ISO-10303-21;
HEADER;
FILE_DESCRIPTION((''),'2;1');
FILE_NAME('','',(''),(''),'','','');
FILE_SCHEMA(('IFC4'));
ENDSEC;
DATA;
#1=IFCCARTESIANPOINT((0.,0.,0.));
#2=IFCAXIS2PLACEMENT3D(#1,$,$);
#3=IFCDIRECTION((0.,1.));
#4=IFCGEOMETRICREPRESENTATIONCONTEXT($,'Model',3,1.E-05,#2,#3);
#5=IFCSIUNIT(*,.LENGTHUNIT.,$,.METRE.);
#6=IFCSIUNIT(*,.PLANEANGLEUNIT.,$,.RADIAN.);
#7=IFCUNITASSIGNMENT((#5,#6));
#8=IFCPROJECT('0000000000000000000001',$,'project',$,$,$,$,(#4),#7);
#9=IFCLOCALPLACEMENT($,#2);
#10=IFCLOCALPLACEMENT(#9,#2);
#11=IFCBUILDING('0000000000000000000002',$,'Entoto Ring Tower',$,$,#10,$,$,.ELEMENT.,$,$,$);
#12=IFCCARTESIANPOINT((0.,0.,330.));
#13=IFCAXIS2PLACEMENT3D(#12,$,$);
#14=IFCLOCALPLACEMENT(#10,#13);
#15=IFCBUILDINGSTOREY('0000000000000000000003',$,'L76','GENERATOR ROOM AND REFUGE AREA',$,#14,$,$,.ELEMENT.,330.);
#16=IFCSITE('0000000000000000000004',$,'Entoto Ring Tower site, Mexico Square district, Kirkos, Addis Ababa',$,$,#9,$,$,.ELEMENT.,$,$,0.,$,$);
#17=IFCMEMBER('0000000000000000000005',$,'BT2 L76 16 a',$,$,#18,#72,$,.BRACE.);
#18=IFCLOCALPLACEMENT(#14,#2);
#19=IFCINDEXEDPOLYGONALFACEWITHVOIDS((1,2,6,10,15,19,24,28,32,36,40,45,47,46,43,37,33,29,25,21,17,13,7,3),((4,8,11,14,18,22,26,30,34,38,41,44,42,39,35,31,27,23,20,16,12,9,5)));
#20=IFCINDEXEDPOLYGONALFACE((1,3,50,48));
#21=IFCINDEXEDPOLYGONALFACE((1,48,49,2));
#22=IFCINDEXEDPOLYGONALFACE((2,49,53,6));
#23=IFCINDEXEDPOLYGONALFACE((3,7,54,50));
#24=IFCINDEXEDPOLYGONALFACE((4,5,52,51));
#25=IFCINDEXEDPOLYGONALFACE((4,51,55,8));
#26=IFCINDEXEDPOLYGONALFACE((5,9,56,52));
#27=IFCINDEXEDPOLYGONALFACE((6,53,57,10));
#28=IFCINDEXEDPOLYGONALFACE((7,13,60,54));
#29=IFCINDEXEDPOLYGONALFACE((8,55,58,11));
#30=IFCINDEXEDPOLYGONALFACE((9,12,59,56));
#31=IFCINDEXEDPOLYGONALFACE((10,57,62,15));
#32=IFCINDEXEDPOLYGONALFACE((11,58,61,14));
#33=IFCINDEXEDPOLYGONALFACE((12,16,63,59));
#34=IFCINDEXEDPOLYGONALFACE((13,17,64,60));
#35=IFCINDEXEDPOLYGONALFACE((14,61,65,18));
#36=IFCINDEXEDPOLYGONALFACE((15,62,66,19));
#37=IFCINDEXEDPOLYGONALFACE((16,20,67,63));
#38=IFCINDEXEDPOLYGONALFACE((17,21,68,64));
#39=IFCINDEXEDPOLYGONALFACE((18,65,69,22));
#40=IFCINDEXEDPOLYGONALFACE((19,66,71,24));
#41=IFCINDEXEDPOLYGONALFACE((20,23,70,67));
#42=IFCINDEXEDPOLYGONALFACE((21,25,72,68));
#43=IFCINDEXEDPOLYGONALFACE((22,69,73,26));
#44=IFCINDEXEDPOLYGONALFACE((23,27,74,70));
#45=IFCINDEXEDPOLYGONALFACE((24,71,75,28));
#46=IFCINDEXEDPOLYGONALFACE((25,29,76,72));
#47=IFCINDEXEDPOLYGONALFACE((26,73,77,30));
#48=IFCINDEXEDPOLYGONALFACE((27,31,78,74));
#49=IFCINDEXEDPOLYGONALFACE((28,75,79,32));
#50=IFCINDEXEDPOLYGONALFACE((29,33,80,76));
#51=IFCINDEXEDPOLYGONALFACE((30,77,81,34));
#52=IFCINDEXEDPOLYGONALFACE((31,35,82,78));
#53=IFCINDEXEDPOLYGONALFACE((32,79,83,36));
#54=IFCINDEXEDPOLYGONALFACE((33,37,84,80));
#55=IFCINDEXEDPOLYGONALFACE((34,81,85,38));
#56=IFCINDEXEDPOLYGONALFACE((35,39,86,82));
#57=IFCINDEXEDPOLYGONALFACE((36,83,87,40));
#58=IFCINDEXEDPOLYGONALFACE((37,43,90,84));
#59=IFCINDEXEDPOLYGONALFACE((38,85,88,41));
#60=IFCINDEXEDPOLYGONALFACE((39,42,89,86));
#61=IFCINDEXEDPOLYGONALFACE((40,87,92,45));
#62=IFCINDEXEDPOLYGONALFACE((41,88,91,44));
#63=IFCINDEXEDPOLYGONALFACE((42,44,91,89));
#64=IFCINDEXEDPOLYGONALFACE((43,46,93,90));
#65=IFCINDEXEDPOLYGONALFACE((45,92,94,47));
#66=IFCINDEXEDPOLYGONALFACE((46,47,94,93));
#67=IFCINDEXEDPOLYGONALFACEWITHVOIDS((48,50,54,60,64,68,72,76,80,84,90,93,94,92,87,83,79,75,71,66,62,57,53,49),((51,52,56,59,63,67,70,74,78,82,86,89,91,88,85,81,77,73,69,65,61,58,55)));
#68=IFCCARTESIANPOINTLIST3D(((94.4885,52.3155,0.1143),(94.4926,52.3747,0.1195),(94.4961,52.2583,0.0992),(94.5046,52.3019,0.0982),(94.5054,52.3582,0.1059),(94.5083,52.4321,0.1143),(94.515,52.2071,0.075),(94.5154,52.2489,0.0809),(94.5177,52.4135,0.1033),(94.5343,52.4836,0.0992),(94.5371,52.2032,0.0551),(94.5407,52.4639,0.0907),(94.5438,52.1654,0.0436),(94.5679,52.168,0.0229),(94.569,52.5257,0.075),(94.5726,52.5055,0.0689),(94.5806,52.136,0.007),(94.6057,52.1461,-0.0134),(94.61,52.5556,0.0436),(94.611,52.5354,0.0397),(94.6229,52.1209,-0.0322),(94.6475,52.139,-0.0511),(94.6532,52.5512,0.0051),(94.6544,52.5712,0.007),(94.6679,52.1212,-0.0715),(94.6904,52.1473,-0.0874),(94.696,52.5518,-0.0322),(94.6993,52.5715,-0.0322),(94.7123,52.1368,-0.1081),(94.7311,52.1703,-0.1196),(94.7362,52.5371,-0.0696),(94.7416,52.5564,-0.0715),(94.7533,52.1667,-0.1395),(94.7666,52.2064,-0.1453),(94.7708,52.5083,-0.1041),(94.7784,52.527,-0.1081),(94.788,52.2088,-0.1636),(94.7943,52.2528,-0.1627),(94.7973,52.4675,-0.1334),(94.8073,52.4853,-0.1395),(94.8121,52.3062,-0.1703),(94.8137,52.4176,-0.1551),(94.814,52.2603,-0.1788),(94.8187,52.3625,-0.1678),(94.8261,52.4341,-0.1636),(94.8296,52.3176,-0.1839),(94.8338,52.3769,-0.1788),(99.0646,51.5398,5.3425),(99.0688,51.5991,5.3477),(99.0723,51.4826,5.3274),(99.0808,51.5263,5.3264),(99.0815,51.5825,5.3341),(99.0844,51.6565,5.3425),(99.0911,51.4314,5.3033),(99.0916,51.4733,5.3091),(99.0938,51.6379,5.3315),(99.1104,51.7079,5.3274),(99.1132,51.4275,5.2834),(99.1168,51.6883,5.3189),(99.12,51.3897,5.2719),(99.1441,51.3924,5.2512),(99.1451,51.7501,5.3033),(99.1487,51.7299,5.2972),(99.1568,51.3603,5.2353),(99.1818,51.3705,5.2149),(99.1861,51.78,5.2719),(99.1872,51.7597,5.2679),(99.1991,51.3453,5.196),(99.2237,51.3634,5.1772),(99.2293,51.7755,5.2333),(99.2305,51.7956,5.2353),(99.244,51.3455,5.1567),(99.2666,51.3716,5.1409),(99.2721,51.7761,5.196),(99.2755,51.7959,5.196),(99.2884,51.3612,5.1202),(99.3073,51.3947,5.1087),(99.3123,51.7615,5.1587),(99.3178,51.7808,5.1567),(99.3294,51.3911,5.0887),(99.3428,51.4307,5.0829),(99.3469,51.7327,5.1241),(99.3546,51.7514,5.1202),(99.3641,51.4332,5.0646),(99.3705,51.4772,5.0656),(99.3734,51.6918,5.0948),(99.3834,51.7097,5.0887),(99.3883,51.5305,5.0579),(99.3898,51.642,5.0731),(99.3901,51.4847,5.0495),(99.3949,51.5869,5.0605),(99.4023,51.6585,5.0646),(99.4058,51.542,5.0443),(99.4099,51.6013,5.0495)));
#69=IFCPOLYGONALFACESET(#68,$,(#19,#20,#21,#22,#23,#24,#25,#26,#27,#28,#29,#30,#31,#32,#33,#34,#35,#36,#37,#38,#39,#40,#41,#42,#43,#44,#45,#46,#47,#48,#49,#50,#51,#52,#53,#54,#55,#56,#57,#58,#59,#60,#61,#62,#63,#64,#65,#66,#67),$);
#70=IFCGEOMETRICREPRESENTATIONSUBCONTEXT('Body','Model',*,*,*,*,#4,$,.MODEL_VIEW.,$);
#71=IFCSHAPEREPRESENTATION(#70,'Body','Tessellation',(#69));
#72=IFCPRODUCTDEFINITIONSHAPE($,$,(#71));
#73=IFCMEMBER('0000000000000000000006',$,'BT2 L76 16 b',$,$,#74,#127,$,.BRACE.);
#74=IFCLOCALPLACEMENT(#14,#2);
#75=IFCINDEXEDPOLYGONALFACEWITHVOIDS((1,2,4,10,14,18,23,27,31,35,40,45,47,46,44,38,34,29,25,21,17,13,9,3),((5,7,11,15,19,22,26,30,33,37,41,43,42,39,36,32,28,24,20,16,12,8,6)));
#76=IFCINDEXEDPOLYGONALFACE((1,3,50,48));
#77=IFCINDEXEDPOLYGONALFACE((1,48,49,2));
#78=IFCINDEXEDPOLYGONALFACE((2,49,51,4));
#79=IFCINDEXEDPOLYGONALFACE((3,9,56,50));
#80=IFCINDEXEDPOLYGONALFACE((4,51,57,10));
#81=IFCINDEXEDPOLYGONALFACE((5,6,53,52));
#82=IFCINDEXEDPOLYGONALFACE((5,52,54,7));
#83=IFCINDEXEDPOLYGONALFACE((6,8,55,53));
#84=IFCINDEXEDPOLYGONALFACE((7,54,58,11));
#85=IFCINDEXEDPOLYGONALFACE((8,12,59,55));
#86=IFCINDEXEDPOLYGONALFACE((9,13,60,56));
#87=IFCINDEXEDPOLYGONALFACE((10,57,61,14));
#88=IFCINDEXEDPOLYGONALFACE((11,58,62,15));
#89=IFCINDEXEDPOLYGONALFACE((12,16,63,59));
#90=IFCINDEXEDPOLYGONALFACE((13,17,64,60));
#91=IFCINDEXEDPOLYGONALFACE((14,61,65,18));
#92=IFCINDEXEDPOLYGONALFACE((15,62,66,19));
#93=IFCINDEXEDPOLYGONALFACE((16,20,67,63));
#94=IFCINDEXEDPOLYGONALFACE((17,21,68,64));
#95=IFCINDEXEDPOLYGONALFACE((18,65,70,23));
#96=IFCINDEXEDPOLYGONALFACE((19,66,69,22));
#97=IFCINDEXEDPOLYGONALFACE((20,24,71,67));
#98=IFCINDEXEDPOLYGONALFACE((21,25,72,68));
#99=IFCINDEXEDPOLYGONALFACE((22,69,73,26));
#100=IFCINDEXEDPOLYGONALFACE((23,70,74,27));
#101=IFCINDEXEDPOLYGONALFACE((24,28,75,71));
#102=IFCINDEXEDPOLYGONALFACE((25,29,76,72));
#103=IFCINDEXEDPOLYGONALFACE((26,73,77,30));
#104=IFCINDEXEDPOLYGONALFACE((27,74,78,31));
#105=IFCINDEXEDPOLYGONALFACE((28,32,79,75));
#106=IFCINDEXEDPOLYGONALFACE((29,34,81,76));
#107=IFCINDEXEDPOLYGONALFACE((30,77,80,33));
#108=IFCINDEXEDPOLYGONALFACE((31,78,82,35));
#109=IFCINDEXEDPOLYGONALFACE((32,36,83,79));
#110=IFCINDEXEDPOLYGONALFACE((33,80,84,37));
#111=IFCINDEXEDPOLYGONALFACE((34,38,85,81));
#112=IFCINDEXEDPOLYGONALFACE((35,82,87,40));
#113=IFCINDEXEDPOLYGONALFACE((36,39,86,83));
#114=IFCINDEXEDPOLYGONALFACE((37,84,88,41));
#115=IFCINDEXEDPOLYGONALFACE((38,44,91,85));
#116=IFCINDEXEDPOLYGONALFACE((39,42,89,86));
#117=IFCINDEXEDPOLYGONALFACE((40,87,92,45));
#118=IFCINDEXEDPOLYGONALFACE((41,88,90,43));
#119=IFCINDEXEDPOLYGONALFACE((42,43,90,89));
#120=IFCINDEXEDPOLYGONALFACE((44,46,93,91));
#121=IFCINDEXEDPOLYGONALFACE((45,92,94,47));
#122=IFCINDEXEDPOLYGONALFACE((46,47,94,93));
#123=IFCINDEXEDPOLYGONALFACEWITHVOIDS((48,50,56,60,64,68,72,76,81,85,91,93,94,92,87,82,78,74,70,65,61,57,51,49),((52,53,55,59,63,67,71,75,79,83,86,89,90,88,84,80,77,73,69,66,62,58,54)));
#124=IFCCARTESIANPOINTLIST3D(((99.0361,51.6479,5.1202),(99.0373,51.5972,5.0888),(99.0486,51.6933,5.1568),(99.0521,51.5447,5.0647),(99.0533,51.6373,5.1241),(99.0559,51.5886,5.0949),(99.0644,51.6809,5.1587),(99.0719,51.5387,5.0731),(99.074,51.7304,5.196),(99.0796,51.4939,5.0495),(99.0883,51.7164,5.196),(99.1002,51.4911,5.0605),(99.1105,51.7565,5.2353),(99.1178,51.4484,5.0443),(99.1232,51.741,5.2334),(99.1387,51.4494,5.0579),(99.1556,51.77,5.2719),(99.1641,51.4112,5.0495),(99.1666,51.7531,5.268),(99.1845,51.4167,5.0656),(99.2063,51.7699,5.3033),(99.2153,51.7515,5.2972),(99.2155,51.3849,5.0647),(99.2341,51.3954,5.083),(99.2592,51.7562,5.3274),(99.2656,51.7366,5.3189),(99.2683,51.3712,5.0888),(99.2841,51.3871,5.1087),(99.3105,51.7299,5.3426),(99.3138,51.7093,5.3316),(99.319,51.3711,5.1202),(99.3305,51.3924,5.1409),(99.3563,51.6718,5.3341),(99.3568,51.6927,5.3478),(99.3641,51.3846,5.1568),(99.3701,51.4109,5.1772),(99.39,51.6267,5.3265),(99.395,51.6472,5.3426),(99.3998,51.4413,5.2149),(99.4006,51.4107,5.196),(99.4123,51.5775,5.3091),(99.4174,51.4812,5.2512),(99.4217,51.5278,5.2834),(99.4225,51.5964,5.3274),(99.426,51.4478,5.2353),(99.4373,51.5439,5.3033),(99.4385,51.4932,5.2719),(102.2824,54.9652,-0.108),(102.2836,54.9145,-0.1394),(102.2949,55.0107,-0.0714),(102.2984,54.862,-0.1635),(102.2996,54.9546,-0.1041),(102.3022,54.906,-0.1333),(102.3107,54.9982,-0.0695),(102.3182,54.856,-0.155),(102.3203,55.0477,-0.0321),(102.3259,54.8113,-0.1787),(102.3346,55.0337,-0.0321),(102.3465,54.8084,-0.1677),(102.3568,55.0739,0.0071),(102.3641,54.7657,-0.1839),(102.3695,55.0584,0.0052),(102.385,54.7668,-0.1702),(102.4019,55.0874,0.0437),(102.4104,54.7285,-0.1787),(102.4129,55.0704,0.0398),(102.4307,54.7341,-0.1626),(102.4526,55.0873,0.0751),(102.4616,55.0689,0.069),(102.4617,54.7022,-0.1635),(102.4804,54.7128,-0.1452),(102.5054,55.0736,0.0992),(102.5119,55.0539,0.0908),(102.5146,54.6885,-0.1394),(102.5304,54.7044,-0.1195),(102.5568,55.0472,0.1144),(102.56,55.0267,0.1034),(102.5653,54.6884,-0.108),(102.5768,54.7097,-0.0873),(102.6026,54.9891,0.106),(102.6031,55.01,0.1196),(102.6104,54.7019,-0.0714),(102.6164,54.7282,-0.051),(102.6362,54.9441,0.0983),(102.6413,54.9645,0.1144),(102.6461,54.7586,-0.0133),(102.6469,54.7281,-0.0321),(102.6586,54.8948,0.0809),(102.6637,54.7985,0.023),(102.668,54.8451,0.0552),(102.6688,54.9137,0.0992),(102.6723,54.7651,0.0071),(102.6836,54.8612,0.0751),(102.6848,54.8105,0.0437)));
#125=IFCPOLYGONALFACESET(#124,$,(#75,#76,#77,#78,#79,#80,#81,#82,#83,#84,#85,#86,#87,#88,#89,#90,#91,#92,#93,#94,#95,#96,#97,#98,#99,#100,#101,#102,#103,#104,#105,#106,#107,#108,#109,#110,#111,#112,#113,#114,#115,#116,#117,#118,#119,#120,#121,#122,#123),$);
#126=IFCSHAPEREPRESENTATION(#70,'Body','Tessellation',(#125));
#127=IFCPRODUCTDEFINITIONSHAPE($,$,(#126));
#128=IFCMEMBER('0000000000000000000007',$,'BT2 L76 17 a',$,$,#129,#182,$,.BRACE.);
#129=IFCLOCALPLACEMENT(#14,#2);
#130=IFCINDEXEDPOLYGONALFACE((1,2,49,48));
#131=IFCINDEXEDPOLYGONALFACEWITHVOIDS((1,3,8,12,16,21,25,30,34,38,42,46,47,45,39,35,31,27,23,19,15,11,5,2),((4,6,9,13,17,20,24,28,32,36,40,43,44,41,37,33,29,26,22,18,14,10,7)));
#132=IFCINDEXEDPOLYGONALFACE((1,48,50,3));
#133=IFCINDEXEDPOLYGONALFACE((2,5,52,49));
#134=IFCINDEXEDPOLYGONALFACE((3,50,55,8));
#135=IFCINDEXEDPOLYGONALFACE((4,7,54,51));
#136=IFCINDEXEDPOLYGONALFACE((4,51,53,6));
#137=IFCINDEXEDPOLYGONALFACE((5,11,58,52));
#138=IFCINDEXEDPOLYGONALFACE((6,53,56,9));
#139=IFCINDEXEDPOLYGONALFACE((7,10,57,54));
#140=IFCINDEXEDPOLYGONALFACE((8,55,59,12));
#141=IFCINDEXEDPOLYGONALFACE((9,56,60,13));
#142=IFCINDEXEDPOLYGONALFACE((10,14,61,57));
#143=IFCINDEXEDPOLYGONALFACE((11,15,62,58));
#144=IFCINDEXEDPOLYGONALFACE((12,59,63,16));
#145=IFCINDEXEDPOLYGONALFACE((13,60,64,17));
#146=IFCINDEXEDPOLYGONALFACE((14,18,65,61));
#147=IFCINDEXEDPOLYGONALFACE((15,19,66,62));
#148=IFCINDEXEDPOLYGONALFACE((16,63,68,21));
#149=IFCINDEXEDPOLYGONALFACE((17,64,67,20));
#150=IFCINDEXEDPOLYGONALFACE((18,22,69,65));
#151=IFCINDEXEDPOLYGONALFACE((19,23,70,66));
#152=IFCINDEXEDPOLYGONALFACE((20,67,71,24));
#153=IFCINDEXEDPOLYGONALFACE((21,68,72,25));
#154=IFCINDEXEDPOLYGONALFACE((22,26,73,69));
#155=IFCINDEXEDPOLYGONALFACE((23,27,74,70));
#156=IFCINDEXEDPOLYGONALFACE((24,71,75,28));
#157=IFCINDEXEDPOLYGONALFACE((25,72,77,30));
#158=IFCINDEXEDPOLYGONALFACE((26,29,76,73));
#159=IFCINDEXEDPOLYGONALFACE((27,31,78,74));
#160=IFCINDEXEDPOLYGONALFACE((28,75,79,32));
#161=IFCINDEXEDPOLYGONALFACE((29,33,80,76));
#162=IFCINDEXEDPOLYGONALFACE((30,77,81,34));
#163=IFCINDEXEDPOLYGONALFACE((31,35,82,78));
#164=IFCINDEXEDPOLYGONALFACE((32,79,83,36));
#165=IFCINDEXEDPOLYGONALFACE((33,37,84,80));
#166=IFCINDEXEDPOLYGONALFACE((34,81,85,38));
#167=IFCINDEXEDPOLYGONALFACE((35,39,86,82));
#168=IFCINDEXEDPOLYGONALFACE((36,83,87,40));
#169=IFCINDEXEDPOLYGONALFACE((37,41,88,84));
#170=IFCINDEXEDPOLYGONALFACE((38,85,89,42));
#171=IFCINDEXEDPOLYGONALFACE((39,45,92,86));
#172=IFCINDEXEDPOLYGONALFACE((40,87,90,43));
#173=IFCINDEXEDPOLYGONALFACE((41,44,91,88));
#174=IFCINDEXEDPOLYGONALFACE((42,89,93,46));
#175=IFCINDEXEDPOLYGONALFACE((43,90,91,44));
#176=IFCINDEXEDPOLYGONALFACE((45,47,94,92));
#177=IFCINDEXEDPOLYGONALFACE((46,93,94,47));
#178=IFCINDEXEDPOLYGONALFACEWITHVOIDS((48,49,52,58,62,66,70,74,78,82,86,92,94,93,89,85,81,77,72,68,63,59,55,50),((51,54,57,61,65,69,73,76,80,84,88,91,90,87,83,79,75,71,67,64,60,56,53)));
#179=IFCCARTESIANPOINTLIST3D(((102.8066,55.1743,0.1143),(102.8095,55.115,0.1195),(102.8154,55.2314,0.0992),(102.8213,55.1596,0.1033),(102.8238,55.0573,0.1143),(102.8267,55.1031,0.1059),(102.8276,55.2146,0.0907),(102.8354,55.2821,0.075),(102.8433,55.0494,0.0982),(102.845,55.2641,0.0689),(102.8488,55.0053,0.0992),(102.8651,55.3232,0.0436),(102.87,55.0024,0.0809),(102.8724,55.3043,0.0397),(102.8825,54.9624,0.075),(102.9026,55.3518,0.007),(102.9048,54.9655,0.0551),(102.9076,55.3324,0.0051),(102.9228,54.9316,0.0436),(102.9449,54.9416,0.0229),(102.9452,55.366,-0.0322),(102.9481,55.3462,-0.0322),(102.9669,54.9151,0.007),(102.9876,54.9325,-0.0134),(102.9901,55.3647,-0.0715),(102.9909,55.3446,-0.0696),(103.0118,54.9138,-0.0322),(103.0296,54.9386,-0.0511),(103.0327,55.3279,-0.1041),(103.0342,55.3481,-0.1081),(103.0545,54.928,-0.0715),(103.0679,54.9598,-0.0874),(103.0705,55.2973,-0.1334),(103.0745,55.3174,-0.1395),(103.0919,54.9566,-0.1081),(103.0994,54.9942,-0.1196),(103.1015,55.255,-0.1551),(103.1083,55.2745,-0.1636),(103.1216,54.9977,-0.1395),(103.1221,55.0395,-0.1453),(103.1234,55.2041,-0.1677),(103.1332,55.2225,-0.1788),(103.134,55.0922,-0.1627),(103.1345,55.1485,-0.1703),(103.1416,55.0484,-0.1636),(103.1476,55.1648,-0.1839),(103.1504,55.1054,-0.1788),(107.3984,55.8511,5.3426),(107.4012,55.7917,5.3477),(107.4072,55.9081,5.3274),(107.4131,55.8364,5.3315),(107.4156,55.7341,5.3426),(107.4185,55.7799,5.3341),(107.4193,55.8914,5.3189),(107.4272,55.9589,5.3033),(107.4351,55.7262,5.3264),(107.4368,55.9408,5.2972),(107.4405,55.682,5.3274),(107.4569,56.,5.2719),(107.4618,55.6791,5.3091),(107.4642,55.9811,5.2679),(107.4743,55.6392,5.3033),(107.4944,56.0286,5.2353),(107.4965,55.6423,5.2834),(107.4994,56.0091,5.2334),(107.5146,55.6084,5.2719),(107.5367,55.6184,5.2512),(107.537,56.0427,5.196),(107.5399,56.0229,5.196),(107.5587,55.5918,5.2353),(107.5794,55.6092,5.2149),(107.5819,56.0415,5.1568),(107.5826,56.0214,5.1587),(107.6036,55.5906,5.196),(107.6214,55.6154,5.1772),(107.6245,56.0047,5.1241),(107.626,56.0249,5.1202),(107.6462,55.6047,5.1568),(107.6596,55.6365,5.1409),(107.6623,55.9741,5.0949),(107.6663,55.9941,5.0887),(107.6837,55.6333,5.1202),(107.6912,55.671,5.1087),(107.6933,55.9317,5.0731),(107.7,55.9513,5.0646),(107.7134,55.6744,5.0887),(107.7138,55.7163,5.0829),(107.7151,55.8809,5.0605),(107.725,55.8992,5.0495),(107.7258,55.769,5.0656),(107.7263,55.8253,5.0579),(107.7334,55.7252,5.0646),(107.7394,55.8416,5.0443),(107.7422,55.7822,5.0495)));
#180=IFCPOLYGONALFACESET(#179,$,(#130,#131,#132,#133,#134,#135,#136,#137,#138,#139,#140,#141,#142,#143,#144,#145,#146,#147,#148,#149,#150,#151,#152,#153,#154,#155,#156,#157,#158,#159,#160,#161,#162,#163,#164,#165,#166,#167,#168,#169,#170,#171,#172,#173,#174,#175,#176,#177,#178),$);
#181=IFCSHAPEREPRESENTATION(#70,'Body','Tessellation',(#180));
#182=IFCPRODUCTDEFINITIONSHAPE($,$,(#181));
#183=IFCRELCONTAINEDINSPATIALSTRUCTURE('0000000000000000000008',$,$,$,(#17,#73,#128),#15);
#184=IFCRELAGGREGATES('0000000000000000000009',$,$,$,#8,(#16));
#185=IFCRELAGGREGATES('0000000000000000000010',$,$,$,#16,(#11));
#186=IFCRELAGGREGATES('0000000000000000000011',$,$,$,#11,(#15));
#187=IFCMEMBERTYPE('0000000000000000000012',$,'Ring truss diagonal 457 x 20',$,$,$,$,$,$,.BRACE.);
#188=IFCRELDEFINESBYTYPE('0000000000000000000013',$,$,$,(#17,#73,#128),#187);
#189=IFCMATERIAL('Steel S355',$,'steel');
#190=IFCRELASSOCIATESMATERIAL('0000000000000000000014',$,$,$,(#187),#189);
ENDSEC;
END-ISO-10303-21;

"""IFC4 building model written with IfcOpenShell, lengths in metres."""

from ifc_helpers import new_model, si_unit, direction, frame, origin, origin_2d, place, context, subcontext, project, spatial, circle, hollow_circle, extrude, material, material_profile, profile_set, type_object, element, save


model = new_model("IFC4")

# Units and contexts
model_context = context("Model", 3, precision=1e-05, world=origin(), true_north=direction((0.0, 1.0)))
body_context = subcontext(model_context, "Body", "Model", "MODEL_VIEW")
ifc_project = project(units=[si_unit("LENGTHUNIT", "METRE"), si_unit("PLANEANGLEUNIT", "RADIAN")], contexts=[model_context])

# Site, building, storey
site_placement = place(None, origin())
site = spatial("IfcSite", under=ifc_project, at=site_placement, Name="Entoto Ring Tower site, Mexico Square district, Kirkos, Addis Ababa", CompositionType="ELEMENT", RefElevation=0.0)
building_placement = place(site_placement, origin())
building = spatial("IfcBuilding", under=site, at=building_placement, Name="Entoto Ring Tower", CompositionType="ELEMENT")
storey_placement = place(building_placement, frame((0.0, 0.0, 330.0)))
storey = spatial("IfcBuildingStorey", under=building, at=storey_placement, Name="L76", Description="GENERATOR ROOM AND REFUGE AREA", CompositionType="ELEMENT", Elevation=330.0)

# Members
ifc_material_1 = material(Name="Steel S355", Category="steel")
ifc_material_profile_1 = material_profile(ifc_material_1, hollow_circle(Radius=0.2285, WallThickness=0.02, at=origin_2d()), Name="CHS 457 x 20")
ifc_material_2 = material(Name="Concrete C60/75", Category="concrete")
ifc_material_profile_2 = material_profile(ifc_material_2, circle(Radius=0.2085, at=origin_2d()), Name="Concrete C60/75 infill")
ifc_profile_set_1 = profile_set([ifc_material_profile_1, ifc_material_profile_2], Name="Steel S355")
member_type_1 = type_object("IfcMemberType", Name="Ring truss diagonal 457 x 20", PredefinedType="BRACE", material=ifc_profile_set_1)
for number, where, z_axis, x_axis, name in (
    (1, (94.6611, 52.3462, -0.0322), (0.654556, -0.110943, 0.747829), (0.167111, 0.985938, 0.0), "BT2 L76 16 a"),
    (2, (99.2373, 51.5706, 5.196), (0.464338, 0.4745, -0.747823), (-0.714719, 0.699412, 0.0), "BT2 L76 16 b"),
    (3, (102.9785, 55.1399, -0.0322), (0.656793, 0.096801, 0.747832), (-0.145809, 0.989313, 0.0), "BT2 L76 17 a"),
):
    element("IfcMember", number, at=place(storey_placement, frame(where, z_axis=z_axis, x_axis=x_axis)), inside=storey, type_object=member_type_1, Name=name, PredefinedType="BRACE", context=body_context, shape_type="SweptSolid", body=[
        extrude(hollow_circle(Radius=0.2285, WallThickness=0.02, at=origin_2d()), origin(), (0.0, 0.0, 1.0), 6.9912),
    ])

save(model, "model.ifc")
